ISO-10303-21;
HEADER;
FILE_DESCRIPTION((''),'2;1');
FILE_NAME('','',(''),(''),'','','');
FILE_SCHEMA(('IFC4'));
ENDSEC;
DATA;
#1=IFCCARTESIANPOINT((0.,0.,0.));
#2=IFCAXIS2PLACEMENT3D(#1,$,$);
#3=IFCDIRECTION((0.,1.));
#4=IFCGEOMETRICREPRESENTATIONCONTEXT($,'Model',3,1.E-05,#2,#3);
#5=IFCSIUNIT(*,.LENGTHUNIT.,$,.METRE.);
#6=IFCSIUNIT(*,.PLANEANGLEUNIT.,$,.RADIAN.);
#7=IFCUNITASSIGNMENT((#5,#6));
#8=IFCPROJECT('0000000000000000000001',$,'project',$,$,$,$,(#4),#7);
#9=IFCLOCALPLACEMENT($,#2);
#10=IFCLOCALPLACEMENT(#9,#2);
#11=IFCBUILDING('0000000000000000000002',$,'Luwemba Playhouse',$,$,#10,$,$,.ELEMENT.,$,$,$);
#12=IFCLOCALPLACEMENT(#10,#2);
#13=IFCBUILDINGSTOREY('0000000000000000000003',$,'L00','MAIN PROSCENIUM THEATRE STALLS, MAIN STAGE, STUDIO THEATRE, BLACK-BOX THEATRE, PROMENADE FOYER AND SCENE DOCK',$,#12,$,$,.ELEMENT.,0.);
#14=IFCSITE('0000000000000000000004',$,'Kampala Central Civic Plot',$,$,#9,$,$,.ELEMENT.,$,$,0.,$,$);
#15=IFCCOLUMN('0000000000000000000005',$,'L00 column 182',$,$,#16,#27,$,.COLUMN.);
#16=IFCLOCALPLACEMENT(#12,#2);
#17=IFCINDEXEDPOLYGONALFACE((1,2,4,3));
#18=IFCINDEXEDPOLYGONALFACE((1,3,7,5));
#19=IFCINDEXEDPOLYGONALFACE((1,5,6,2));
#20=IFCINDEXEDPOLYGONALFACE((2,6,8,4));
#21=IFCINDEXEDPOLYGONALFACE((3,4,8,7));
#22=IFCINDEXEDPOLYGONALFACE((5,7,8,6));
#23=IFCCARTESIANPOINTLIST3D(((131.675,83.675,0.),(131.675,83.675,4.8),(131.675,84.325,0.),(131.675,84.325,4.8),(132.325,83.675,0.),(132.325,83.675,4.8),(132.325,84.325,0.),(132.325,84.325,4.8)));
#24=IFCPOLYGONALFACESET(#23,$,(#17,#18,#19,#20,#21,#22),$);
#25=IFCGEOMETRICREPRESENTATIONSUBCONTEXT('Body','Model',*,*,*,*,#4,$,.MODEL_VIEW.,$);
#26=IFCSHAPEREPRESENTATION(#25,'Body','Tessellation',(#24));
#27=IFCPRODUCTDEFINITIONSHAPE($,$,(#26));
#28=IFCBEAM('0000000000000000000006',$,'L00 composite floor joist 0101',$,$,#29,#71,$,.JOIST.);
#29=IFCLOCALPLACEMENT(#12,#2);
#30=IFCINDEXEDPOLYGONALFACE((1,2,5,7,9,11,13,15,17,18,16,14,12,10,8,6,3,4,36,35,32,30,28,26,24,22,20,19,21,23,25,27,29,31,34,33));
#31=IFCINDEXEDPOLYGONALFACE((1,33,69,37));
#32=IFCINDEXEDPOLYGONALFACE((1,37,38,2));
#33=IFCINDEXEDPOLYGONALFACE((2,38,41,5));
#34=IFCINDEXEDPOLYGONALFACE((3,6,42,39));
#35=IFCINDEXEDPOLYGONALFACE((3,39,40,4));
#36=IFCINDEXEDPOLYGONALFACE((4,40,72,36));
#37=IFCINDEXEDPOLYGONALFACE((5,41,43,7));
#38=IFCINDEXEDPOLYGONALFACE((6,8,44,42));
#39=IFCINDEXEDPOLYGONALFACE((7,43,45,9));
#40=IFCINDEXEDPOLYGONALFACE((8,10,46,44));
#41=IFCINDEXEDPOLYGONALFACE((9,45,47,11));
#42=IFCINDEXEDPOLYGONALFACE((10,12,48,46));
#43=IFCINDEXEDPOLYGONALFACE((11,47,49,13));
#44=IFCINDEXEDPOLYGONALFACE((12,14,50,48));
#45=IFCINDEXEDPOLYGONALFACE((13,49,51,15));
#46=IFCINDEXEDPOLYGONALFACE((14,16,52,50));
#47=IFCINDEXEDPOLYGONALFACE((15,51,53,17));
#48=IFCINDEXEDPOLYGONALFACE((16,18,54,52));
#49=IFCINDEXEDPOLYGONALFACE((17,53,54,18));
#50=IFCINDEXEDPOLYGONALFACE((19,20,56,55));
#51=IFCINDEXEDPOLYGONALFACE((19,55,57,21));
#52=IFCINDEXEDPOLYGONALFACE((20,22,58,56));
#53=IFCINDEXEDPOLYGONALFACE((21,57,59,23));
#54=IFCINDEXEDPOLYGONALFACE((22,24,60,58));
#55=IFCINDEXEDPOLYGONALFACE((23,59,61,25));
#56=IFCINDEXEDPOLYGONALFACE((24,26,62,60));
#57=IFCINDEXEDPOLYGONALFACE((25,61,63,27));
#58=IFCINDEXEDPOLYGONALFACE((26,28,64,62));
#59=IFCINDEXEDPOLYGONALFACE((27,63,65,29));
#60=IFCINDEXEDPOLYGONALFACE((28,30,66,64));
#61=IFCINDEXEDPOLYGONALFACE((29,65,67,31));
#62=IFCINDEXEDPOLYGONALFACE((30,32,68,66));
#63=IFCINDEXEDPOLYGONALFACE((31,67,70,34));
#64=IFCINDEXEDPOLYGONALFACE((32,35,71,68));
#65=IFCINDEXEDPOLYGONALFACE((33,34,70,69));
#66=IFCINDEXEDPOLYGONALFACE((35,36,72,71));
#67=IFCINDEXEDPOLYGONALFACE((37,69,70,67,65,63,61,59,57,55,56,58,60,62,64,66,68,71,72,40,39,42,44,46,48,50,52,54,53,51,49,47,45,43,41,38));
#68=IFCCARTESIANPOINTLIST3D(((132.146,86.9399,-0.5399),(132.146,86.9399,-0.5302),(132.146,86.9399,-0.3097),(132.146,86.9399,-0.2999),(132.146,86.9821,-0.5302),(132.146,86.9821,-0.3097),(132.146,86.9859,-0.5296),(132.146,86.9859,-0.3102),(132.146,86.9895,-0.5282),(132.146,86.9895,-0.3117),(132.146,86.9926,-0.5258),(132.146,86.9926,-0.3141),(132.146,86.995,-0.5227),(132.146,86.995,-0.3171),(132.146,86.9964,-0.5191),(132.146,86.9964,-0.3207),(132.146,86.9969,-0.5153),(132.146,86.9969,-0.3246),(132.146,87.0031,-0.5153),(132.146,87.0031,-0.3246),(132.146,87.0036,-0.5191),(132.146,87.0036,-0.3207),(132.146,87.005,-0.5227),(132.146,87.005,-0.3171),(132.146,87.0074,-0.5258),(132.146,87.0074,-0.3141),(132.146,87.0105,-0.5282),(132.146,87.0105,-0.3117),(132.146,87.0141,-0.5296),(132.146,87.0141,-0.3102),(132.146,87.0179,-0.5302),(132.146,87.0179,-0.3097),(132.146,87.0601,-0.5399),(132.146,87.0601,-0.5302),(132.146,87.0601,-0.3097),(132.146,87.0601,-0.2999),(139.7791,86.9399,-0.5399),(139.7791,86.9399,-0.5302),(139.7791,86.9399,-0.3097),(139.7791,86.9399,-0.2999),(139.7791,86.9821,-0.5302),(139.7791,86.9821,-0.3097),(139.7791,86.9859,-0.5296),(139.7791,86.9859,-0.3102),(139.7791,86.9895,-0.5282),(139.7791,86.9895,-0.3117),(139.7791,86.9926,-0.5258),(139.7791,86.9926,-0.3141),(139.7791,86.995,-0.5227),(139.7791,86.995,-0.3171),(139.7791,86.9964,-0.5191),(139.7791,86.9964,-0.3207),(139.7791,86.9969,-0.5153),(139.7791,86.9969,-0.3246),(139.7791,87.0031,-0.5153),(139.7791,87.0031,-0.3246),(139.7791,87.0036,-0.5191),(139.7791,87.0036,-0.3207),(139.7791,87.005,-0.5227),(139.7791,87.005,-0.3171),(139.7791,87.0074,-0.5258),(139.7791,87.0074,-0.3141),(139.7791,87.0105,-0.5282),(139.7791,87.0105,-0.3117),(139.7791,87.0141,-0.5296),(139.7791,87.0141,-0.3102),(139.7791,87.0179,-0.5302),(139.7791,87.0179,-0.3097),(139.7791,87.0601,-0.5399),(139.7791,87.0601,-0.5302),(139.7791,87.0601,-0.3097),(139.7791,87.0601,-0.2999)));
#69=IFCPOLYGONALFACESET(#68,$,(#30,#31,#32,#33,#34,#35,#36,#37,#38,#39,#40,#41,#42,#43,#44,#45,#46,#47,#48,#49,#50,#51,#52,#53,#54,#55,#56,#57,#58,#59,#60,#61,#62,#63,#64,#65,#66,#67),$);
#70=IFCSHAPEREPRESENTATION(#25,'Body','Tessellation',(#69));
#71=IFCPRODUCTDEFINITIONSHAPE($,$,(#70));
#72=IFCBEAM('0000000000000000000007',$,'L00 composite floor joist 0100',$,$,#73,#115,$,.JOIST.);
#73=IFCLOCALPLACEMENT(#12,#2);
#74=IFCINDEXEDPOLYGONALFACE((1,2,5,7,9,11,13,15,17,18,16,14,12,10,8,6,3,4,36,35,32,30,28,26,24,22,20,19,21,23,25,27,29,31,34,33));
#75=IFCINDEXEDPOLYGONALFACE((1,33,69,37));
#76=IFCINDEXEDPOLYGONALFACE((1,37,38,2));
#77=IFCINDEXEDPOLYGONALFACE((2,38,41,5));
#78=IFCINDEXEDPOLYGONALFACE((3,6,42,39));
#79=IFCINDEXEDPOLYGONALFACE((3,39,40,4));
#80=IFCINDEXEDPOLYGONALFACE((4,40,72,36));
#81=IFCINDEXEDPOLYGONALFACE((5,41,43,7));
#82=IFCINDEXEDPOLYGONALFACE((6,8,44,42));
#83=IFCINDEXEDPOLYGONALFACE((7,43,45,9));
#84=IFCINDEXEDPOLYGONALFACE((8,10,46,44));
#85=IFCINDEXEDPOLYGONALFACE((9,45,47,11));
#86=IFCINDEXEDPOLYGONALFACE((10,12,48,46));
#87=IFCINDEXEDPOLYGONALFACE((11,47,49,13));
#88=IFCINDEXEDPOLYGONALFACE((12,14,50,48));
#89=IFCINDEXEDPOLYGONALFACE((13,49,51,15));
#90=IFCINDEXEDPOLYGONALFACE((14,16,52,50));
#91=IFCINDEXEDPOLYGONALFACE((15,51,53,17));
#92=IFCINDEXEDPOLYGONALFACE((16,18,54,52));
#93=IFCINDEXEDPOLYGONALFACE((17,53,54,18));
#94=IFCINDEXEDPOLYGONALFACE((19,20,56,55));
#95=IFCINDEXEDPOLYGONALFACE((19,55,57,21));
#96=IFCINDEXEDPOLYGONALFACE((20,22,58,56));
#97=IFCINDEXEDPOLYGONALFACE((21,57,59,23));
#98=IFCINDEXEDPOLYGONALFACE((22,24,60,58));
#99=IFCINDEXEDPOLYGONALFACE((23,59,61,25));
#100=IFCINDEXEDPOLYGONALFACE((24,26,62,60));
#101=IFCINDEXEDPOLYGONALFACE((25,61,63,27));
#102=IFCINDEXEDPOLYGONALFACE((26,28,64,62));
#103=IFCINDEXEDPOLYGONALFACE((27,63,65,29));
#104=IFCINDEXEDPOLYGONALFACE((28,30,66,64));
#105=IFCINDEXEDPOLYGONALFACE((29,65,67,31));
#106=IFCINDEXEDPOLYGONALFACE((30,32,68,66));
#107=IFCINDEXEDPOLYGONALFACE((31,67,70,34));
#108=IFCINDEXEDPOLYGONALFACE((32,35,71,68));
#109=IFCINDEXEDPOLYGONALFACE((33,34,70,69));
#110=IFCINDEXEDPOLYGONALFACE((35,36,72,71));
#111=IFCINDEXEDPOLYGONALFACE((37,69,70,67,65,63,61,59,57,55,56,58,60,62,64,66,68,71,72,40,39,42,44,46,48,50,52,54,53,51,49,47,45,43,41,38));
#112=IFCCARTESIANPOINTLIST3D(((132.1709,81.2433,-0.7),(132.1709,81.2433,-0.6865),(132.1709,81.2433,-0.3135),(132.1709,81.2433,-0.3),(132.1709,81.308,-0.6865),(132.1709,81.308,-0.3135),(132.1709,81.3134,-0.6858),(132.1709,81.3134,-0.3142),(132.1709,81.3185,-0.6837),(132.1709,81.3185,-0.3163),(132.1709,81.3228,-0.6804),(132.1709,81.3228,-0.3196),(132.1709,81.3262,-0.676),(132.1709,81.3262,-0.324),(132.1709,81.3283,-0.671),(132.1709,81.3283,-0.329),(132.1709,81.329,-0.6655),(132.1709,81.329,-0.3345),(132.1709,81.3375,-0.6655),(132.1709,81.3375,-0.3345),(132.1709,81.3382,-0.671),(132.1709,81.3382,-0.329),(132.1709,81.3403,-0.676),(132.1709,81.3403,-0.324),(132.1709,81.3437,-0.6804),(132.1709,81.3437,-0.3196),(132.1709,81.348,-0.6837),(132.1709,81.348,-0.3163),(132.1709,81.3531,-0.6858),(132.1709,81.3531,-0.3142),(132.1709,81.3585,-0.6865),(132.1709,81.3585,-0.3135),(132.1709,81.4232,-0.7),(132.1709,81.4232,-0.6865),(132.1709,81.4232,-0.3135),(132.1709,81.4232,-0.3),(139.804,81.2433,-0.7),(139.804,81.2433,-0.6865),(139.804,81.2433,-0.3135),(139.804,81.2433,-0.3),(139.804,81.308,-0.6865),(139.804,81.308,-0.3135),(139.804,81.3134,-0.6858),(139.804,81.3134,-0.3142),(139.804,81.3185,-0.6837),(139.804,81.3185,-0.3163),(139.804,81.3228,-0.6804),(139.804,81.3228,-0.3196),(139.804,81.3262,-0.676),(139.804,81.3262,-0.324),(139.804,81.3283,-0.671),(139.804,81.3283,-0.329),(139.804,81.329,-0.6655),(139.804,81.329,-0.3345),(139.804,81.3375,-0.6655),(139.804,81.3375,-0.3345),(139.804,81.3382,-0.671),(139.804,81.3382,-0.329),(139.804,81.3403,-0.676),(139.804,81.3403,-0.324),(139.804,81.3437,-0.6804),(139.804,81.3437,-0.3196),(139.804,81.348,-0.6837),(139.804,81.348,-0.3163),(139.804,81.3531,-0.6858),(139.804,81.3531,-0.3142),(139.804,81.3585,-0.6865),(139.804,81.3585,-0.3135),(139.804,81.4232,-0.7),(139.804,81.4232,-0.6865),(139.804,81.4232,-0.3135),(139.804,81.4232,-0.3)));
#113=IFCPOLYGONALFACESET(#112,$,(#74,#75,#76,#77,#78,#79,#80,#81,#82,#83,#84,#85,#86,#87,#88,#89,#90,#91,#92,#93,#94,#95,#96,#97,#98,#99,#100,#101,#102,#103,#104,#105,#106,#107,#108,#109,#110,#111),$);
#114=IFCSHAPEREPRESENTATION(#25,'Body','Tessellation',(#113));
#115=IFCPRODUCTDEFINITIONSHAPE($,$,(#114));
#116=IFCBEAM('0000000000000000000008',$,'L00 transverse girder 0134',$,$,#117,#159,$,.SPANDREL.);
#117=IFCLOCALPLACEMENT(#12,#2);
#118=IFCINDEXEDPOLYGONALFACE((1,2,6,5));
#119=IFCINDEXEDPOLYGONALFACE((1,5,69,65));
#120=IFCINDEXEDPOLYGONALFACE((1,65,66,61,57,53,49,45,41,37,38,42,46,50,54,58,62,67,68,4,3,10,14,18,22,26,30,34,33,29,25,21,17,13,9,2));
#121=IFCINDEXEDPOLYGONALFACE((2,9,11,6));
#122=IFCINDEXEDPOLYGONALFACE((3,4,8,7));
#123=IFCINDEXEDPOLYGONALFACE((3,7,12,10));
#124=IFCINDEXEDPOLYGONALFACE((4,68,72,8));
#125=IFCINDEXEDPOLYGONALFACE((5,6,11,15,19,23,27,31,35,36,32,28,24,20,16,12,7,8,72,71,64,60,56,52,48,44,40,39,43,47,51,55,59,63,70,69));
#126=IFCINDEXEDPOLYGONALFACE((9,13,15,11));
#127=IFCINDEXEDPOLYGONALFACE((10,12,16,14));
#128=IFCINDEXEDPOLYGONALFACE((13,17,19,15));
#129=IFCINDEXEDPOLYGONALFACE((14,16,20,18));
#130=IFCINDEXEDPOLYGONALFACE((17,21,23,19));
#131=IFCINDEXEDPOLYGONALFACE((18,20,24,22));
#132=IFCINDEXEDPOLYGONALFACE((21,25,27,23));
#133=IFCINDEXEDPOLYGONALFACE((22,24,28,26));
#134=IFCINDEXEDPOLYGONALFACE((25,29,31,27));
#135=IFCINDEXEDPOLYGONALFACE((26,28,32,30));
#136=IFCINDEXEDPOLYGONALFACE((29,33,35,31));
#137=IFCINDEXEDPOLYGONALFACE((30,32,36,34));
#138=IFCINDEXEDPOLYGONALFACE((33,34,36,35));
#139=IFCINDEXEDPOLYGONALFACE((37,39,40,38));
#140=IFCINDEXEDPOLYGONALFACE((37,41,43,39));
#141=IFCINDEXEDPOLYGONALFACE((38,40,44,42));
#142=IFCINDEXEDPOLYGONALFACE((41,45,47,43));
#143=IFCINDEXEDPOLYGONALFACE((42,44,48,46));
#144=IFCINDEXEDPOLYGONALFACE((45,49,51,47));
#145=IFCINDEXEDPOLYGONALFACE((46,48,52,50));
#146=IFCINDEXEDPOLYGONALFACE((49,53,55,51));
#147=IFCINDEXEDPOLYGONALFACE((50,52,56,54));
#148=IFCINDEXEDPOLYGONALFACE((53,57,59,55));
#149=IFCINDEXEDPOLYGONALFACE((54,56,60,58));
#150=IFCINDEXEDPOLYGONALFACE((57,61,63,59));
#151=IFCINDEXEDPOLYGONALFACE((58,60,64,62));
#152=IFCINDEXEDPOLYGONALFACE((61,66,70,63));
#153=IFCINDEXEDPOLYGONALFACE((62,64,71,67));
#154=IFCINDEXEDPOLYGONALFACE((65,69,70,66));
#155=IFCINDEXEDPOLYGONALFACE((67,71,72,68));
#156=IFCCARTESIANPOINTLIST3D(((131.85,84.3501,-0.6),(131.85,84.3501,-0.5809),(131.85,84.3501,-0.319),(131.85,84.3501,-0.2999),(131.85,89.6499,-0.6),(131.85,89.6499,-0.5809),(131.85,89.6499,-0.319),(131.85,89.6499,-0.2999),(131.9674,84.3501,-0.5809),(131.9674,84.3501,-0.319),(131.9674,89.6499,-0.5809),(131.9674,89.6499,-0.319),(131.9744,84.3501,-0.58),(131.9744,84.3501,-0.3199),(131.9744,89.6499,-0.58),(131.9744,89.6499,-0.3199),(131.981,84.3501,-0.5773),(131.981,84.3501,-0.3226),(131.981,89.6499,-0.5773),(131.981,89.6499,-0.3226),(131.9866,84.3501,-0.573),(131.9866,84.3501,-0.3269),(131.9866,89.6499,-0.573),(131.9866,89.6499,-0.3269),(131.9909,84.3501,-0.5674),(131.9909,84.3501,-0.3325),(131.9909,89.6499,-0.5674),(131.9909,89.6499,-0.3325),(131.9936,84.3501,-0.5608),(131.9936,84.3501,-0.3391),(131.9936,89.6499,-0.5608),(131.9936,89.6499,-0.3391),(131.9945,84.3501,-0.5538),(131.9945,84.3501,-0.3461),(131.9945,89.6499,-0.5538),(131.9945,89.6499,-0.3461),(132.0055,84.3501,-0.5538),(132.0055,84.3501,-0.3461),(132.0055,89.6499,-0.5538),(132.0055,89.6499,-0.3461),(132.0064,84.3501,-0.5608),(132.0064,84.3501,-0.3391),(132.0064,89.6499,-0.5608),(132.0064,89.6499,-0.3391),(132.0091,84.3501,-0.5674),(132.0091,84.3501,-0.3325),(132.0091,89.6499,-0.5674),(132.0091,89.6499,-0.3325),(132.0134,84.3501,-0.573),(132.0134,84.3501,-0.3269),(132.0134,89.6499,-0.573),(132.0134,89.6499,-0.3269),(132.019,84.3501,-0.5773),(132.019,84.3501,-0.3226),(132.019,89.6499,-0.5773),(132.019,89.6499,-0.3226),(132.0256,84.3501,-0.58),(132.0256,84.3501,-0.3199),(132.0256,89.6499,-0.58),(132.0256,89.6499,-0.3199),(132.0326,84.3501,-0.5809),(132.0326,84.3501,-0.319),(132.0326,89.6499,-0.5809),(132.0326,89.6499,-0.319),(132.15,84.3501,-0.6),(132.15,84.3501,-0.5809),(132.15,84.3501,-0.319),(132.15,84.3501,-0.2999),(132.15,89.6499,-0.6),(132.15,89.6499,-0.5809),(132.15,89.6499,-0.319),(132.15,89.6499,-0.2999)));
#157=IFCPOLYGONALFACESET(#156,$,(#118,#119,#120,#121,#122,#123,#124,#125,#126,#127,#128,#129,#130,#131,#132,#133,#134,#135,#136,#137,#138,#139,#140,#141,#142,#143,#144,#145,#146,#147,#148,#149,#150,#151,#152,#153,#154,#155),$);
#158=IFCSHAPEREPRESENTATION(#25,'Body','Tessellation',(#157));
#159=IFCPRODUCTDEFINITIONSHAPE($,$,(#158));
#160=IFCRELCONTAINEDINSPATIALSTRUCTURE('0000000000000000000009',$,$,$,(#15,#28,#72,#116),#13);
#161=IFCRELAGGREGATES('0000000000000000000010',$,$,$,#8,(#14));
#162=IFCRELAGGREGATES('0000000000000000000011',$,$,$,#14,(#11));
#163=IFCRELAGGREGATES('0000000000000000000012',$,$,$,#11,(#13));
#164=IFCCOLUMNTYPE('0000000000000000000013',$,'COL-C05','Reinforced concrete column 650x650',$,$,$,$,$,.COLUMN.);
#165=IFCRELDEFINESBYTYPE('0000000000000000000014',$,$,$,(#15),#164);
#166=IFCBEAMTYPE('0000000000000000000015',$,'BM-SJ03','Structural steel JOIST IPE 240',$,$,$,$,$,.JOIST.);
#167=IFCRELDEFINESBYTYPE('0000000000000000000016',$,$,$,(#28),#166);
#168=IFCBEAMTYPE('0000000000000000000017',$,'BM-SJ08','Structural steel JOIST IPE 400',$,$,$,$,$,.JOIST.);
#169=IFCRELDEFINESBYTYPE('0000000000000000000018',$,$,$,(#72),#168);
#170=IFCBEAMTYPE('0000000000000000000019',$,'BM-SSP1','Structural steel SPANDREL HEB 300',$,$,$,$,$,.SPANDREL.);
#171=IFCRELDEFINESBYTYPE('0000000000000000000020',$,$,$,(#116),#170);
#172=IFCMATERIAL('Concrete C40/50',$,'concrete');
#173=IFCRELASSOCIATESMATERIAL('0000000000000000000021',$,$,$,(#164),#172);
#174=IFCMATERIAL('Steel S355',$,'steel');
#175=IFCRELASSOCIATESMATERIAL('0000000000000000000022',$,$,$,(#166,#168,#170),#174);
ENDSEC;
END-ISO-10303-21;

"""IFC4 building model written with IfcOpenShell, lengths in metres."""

from ifc_helpers import new_model, si_unit, direction, frame, origin, origin_2d, place, context, subcontext, project, spatial, rectangle, i_section, extrude, material, material_profile, profile_set, type_object, element, save


model = new_model("IFC4")

# Units and contexts
model_context = context("Model", 3, precision=1e-05, world=origin(), true_north=direction((0.0, 1.0)))
body_context = subcontext(model_context, "Body", "Model", "MODEL_VIEW")
ifc_project = project(units=[si_unit("LENGTHUNIT", "METRE"), si_unit("PLANEANGLEUNIT", "RADIAN")], contexts=[model_context])

# Site, building, storey
site_placement = place(None, origin())
site = spatial("IfcSite", under=ifc_project, at=site_placement, Name="Kampala Central Civic Plot", CompositionType="ELEMENT", RefElevation=0.0)
building_placement = place(site_placement, origin())
building = spatial("IfcBuilding", under=site, at=building_placement, Name="Luwemba Playhouse", CompositionType="ELEMENT")
storey_placement = place(building_placement, origin())
storey = spatial("IfcBuildingStorey", under=building, at=storey_placement, Name="L00", Description="MAIN PROSCENIUM THEATRE STALLS, MAIN STAGE, STUDIO THEATRE, BLACK-BOX THEATRE, PROMENADE FOYER AND SCENE DOCK", CompositionType="ELEMENT", Elevation=0.0)

# Column
ifc_material_1 = material(Name="Concrete C40/50", Category="concrete")
ifc_material_profile_1 = material_profile(ifc_material_1, rectangle(XDim=0.6499, YDim=0.6499, at=origin_2d()))
ifc_profile_set_1 = profile_set([ifc_material_profile_1], Name="Concrete C40/50")
column_type = type_object("IfcColumnType", Name="COL-C05", Description="Reinforced concrete column 650x650", PredefinedType="COLUMN", material=ifc_profile_set_1)
column_placement = place(storey_placement, frame((132.0, 84.0, 0.0), z_axis=(0.0, 0.0, 1.0), x_axis=(1.0, 0.0, 0.0)))
element("IfcColumn", 1, at=column_placement, inside=storey, type_object=column_type, Name="L00 column 182", PredefinedType="COLUMN", context=body_context, shape_type="SweptSolid", body=[
    extrude(rectangle(XDim=0.6499, YDim=0.6499, at=origin_2d()), origin(), (0.0, 0.0, 1.0), 4.8),
])

# Beams
ifc_material_2 = material(Name="Steel S355", Category="steel")
ifc_material_profile_2 = material_profile(ifc_material_2, i_section(OverallWidth=0.1201, OverallDepth=0.24, WebThickness=0.0061, FlangeThickness=0.0098, FilletRadius=0.0149, at=origin_2d()))
ifc_profile_set_2 = profile_set([ifc_material_profile_2], Name="Steel S355")
beam_type_1 = type_object("IfcBeamType", Name="BM-SJ03", Description="Structural steel JOIST IPE 240", PredefinedType="JOIST", material=ifc_profile_set_2)
beam_1_placement = place(storey_placement, frame((132.146, 87.0, -0.4199), z_axis=(1.0, 0.0, 0.0), x_axis=(0.0, 1.0, 0.0)))
element("IfcBeam", 2, at=beam_1_placement, inside=storey, type_object=beam_type_1, Name="L00 composite floor joist 0101", PredefinedType="JOIST", context=body_context, shape_type="SweptSolid", body=[
    extrude(i_section(OverallWidth=0.1201, OverallDepth=0.24, WebThickness=0.0061, FlangeThickness=0.0098, FilletRadius=0.0149, at=origin_2d()), origin(), (0.0, 0.0, 1.0), 7.6331),
])
ifc_material_profile_3 = material_profile(ifc_material_2, i_section(OverallWidth=0.1799, OverallDepth=0.3999, WebThickness=0.0085, FlangeThickness=0.0134, FilletRadius=0.021, at=origin_2d()))
ifc_profile_set_3 = profile_set([ifc_material_profile_3], Name="Steel S355")
beam_type_2 = type_object("IfcBeamType", Name="BM-SJ08", Description="Structural steel JOIST IPE 400", PredefinedType="JOIST", material=ifc_profile_set_3)
beam_2_placement = place(storey_placement, frame((132.1709, 81.3333, -0.5), z_axis=(1.0, 0.0, 0.0), x_axis=(0.0, 1.0, 0.0)))
element("IfcBeam", 3, at=beam_2_placement, inside=storey, type_object=beam_type_2, Name="L00 composite floor joist 0100", PredefinedType="JOIST", context=body_context, shape_type="SweptSolid", body=[
    extrude(i_section(OverallWidth=0.1799, OverallDepth=0.3999, WebThickness=0.0085, FlangeThickness=0.0134, FilletRadius=0.021, at=origin_2d()), origin(), (0.0, 0.0, 1.0), 7.6331),
])
ifc_material_profile_4 = material_profile(ifc_material_2, i_section(OverallWidth=0.3, OverallDepth=0.3, WebThickness=0.011, FlangeThickness=0.019, FilletRadius=0.0271, at=origin_2d()))
ifc_profile_set_4 = profile_set([ifc_material_profile_4], Name="Steel S355")
beam_type_3 = type_object("IfcBeamType", Name="BM-SSP1", Description="Structural steel SPANDREL HEB 300", PredefinedType="SPANDREL", material=ifc_profile_set_4)
beam_3_placement = place(storey_placement, frame((132.0, 84.3501, -0.45), z_axis=(0.0, 1.0, 0.0), x_axis=(-1.0, 0.0, 0.0)))
element("IfcBeam", 4, at=beam_3_placement, inside=storey, type_object=beam_type_3, Name="L00 transverse girder 0134", PredefinedType="SPANDREL", context=body_context, shape_type="SweptSolid", body=[
    extrude(i_section(OverallWidth=0.3, OverallDepth=0.3, WebThickness=0.011, FlangeThickness=0.019, FilletRadius=0.0271, at=origin_2d()), origin(), (0.0, 0.0, 1.0), 5.2998),
])

save(model, "model.ifc")
